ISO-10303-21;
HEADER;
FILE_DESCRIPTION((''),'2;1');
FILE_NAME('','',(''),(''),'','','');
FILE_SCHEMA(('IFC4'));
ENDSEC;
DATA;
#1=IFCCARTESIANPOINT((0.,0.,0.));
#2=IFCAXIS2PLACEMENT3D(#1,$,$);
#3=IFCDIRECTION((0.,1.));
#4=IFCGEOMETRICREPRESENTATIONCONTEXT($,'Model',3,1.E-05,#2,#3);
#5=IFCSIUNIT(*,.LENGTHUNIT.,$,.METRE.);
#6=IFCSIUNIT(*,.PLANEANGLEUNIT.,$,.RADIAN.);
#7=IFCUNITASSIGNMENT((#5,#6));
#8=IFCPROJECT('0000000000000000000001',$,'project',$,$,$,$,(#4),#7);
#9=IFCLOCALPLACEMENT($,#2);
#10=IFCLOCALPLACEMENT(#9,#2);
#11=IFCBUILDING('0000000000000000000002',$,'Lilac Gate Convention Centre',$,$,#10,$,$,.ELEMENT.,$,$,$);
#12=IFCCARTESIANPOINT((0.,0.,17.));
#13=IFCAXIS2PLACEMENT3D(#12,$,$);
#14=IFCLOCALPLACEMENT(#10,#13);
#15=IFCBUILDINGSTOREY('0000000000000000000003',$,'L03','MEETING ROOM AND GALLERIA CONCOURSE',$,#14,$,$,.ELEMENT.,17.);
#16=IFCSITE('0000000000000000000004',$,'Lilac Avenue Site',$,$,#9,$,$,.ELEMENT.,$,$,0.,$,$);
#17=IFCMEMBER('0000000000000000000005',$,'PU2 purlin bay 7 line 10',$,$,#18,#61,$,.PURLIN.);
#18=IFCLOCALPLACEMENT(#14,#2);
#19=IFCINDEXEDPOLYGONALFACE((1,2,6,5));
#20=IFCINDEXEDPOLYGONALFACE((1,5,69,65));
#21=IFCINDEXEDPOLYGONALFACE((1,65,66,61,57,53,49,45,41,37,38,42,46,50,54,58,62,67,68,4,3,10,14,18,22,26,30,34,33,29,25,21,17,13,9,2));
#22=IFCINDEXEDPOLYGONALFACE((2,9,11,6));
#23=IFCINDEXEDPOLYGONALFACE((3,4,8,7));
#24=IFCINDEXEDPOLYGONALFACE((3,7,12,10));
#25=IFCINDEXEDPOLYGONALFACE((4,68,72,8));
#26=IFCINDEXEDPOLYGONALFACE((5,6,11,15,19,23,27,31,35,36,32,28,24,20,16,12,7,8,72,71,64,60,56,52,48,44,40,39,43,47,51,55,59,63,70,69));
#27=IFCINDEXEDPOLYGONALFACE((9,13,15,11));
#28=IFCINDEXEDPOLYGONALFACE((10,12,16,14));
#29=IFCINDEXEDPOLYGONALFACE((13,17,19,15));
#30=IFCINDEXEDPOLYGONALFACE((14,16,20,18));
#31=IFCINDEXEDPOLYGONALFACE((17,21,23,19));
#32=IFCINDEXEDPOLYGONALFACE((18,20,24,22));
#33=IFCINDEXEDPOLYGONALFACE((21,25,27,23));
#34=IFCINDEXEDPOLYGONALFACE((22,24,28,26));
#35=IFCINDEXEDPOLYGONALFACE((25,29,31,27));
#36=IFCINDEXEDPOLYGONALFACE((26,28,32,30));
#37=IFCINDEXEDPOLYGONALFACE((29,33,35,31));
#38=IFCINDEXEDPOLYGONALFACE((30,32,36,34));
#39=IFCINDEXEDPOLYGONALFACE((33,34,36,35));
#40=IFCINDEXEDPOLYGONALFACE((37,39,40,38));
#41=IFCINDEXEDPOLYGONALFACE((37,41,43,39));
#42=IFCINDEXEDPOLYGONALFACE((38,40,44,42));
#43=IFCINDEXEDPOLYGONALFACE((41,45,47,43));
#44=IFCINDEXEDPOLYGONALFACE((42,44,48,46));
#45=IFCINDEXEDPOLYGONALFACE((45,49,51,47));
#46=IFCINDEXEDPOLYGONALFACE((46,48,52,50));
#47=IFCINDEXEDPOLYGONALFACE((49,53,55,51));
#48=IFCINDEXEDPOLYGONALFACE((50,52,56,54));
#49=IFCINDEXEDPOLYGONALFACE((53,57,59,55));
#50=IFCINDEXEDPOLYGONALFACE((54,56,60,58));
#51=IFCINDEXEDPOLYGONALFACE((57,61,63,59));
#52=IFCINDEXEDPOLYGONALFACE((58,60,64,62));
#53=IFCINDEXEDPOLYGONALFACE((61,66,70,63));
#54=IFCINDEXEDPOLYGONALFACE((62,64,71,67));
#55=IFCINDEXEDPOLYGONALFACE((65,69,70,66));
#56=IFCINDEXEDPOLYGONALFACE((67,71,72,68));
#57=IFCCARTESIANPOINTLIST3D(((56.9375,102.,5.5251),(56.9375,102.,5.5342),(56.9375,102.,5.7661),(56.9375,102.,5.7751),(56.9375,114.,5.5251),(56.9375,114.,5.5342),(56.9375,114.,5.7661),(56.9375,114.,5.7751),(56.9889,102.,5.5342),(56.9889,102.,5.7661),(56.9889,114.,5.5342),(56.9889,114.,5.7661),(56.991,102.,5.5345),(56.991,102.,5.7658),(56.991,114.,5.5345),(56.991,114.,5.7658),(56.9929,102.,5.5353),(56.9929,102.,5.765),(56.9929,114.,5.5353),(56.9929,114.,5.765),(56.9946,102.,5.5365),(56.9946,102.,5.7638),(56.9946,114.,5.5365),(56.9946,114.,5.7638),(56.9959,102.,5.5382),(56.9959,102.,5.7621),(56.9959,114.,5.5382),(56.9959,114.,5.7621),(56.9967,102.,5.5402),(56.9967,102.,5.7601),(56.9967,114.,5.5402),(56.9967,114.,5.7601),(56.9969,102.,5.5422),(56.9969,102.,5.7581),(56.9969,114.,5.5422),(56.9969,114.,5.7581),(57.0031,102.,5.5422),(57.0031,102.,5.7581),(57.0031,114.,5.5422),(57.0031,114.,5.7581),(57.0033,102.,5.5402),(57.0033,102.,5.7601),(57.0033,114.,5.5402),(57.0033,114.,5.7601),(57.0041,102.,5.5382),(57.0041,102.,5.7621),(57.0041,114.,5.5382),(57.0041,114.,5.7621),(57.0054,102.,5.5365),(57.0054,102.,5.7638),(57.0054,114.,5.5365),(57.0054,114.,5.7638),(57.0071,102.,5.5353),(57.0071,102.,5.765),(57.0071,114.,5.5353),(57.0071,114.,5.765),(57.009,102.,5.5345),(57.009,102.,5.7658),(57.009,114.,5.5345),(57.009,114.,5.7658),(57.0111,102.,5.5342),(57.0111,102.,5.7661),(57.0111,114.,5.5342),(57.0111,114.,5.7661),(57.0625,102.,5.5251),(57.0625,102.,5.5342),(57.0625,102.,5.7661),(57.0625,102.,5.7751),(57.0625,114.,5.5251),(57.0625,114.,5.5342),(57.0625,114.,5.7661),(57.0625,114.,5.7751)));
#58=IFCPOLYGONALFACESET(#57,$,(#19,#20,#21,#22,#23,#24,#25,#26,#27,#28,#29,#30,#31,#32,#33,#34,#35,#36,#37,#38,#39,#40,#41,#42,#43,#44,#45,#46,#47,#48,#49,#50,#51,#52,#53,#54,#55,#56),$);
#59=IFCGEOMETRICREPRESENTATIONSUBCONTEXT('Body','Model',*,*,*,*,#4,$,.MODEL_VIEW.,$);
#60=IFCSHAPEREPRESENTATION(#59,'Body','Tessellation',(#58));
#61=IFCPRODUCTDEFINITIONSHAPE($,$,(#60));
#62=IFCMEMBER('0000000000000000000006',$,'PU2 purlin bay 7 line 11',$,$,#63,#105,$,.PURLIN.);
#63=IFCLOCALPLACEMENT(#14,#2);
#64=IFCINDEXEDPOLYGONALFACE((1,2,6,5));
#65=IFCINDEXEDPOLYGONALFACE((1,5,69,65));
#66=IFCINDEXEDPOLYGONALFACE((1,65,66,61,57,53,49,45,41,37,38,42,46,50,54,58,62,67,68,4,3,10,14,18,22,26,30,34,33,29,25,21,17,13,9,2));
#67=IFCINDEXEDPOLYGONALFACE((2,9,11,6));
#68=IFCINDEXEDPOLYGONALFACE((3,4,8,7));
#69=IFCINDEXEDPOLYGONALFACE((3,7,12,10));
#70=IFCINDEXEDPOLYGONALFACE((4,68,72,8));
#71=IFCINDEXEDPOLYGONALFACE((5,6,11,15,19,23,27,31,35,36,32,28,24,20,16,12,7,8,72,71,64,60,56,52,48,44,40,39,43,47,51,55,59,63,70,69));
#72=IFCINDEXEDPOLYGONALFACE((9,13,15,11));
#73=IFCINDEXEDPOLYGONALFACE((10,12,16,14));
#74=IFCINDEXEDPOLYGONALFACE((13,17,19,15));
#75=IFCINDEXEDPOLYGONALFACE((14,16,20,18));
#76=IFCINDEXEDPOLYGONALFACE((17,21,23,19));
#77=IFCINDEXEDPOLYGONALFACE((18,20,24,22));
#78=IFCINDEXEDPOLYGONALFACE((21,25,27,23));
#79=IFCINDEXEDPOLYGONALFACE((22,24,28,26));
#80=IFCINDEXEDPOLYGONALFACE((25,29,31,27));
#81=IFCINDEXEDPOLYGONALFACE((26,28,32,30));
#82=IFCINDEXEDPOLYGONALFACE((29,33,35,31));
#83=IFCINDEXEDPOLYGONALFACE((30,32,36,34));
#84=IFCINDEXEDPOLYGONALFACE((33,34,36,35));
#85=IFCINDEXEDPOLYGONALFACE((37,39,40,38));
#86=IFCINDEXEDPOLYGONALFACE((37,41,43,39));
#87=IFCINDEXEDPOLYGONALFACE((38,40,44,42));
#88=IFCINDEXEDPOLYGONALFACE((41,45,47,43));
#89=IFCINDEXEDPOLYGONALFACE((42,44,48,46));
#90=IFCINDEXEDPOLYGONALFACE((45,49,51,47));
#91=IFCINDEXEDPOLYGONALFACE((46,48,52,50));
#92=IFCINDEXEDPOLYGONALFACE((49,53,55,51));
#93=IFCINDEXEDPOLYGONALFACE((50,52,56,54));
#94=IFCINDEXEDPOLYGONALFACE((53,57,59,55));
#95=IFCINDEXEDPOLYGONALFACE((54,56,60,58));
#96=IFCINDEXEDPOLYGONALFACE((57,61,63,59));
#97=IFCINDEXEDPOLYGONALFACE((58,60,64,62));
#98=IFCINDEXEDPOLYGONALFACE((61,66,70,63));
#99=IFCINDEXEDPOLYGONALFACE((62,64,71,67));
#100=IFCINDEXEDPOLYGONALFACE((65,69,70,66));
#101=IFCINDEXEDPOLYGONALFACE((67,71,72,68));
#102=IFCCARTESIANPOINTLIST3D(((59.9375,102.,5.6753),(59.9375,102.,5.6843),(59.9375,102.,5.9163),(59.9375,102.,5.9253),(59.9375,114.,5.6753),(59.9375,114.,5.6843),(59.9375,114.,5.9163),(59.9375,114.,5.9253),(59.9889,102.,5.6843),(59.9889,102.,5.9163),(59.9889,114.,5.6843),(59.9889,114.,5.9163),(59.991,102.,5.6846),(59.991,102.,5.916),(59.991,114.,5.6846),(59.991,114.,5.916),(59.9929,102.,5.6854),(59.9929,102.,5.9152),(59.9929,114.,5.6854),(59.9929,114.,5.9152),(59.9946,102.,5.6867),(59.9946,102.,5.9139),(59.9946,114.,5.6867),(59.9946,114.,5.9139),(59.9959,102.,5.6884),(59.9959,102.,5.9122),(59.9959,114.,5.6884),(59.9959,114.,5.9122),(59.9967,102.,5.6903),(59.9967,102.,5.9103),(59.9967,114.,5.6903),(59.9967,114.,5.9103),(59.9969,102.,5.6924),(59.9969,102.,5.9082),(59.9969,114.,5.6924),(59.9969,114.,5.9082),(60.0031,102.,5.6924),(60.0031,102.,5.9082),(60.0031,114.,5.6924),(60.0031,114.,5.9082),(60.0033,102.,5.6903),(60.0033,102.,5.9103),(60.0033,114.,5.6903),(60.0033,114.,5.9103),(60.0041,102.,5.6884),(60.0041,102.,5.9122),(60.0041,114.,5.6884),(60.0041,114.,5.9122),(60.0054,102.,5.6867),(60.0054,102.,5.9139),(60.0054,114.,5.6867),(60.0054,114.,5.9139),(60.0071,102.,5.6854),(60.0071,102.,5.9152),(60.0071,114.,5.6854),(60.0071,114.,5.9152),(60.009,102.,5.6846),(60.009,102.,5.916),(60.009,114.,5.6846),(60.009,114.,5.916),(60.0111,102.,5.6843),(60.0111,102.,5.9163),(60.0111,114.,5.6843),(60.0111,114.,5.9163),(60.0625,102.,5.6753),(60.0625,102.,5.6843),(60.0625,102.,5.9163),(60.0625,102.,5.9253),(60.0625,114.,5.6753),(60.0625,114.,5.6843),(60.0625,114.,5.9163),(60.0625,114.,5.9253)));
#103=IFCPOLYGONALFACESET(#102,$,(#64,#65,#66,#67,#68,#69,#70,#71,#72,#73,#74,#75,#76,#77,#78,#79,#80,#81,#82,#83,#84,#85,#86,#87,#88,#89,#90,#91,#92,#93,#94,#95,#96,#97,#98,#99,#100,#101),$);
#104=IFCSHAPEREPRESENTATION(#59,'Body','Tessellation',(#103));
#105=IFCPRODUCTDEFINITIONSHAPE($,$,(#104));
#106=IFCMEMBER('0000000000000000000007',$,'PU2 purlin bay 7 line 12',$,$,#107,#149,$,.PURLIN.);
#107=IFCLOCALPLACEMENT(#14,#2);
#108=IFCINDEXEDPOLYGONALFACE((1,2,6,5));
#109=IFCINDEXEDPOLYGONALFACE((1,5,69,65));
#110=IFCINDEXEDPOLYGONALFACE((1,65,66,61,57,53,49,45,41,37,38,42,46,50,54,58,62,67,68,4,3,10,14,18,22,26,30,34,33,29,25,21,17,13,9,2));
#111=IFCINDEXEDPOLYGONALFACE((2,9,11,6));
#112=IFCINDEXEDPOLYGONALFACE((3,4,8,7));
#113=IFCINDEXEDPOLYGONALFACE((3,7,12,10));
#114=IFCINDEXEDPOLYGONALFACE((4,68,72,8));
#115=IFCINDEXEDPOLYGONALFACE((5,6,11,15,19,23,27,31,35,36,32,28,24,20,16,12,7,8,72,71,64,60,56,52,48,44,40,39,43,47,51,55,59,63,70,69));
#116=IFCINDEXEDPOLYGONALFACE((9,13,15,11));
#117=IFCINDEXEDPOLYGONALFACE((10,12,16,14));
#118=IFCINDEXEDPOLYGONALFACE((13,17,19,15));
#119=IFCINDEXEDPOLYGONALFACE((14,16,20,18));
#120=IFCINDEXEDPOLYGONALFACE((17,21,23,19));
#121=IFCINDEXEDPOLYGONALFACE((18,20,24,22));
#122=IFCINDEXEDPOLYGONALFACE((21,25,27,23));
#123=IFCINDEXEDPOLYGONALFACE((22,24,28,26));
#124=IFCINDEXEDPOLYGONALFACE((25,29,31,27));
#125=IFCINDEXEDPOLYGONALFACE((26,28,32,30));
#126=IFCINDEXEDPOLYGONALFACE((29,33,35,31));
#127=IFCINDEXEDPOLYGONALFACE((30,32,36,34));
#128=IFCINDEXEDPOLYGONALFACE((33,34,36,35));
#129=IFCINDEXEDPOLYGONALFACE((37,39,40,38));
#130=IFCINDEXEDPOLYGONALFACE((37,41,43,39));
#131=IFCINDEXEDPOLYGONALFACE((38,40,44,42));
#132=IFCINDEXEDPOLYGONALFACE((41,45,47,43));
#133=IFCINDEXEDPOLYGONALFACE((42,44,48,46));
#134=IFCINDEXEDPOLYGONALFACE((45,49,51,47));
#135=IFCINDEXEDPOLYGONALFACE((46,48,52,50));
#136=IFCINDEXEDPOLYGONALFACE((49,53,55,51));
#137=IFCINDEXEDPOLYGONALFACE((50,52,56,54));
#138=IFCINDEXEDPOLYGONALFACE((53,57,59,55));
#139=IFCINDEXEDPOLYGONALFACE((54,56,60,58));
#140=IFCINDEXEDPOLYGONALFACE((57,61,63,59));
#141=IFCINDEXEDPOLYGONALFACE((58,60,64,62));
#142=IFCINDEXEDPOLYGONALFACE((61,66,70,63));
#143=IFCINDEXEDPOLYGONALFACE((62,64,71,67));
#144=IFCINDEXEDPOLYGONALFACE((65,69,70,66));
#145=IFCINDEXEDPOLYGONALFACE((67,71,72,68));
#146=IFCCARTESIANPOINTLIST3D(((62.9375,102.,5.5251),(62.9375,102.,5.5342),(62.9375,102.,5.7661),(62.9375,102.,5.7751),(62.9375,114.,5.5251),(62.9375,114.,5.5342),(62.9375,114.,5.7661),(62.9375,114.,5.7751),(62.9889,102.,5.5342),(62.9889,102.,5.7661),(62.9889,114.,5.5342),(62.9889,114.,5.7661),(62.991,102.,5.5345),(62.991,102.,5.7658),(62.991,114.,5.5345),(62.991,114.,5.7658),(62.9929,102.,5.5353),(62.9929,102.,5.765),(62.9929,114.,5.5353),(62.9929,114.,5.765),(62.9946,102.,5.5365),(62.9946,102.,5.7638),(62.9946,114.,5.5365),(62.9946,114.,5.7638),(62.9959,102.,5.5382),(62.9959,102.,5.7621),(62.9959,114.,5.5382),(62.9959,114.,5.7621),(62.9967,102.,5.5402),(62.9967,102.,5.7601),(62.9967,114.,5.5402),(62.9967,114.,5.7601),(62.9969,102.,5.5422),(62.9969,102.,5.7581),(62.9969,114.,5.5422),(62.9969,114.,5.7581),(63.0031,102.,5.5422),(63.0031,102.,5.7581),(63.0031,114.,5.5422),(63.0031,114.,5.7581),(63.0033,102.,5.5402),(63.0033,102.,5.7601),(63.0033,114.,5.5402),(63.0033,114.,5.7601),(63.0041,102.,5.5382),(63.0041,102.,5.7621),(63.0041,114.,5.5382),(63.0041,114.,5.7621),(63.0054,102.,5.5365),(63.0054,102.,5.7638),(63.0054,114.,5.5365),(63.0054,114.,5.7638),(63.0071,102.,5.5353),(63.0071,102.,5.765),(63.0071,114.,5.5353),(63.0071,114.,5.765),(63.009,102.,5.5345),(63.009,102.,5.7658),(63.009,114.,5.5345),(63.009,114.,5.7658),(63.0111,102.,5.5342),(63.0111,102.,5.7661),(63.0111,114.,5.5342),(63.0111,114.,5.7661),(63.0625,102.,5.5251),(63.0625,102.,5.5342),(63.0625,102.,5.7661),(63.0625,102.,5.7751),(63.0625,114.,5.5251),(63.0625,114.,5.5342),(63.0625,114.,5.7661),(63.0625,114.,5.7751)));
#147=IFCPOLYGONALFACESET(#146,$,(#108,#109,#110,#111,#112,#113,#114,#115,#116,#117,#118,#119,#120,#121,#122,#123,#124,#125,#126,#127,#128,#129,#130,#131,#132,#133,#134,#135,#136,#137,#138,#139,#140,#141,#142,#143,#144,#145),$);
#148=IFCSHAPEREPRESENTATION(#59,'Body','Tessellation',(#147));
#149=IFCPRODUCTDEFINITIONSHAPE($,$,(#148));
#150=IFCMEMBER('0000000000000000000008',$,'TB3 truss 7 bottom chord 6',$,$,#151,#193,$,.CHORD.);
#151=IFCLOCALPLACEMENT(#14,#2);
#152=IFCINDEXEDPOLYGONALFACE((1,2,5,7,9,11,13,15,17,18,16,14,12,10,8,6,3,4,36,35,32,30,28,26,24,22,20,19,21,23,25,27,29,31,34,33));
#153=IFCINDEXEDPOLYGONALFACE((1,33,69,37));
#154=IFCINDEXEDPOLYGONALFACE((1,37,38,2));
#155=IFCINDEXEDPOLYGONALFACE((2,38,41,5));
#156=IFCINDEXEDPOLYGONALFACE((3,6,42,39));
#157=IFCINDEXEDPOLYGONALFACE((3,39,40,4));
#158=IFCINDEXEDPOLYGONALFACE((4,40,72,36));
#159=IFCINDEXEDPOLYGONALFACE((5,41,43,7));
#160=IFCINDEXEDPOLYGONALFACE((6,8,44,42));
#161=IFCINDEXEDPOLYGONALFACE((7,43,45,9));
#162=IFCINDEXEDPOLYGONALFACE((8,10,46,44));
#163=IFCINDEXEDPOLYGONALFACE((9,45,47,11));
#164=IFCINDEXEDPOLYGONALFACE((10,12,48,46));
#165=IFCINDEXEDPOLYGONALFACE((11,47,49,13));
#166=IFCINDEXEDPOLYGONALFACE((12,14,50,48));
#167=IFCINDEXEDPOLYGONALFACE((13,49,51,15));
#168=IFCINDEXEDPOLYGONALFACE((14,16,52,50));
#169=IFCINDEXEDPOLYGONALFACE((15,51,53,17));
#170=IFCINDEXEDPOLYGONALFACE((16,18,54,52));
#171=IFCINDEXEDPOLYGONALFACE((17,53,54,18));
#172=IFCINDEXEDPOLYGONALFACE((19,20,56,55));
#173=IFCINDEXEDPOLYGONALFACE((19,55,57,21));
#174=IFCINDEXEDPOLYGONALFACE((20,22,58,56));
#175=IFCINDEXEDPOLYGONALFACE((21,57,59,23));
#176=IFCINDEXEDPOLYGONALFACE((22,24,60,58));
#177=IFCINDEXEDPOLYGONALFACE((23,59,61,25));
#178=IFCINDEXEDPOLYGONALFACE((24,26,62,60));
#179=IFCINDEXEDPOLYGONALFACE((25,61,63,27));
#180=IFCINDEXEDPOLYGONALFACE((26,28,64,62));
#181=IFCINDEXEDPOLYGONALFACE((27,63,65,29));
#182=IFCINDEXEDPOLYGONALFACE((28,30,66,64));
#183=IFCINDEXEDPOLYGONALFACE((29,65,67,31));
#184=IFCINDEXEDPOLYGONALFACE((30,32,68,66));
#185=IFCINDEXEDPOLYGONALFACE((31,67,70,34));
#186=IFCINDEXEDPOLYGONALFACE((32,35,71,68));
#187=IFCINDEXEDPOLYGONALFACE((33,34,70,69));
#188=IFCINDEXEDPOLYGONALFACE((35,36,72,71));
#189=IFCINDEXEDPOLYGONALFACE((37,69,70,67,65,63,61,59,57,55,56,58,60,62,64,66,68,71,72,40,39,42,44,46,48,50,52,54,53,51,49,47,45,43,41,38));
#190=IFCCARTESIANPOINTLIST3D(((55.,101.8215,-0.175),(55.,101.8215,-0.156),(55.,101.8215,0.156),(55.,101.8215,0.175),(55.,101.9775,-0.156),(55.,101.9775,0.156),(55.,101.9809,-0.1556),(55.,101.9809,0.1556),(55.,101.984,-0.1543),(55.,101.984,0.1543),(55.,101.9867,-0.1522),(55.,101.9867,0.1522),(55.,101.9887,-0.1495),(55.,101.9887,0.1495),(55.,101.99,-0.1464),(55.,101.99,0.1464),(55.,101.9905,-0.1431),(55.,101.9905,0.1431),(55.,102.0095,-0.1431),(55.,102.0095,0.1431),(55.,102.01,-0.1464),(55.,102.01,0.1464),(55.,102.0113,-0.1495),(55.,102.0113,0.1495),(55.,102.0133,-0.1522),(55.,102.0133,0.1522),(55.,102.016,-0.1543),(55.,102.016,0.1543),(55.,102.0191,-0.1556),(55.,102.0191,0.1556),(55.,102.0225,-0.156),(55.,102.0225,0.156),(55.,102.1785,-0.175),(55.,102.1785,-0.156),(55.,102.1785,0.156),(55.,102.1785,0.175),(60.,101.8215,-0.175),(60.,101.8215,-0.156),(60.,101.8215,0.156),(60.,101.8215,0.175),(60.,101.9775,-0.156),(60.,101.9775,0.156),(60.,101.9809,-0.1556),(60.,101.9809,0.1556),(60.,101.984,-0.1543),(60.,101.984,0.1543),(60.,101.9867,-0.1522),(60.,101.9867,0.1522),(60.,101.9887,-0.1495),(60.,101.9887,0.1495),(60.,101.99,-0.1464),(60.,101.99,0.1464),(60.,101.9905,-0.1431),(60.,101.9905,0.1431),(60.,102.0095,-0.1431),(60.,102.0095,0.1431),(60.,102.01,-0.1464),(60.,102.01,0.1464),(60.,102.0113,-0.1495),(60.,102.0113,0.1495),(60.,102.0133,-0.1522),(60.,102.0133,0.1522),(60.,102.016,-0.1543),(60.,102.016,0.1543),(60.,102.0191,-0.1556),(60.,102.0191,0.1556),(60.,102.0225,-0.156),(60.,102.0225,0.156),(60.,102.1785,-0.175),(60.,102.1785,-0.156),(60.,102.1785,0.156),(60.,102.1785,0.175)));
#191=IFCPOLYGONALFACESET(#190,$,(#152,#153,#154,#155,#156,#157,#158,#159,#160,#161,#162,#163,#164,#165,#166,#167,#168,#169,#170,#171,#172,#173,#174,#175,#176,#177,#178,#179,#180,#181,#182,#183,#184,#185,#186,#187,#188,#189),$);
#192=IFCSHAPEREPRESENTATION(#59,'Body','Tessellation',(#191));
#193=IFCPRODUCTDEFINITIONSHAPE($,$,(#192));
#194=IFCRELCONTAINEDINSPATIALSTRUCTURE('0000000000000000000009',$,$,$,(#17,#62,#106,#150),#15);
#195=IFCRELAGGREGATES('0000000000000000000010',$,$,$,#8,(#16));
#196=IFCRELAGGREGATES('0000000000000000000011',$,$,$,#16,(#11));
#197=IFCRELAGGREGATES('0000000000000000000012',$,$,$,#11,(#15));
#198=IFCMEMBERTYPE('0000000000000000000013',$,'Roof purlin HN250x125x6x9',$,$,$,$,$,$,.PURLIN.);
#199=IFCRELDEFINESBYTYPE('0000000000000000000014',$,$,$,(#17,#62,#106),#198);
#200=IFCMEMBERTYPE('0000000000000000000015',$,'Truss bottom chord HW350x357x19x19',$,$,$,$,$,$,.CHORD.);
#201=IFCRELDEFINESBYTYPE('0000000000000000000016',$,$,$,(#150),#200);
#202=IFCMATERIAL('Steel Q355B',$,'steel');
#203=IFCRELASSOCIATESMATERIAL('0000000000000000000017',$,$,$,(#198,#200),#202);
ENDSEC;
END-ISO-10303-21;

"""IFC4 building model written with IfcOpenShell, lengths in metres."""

from ifc_helpers import new_model, si_unit, direction, frame, origin, origin_2d, place, context, subcontext, project, spatial, i_section, extrude, material, material_profile, profile_set, type_object, element, save


model = new_model("IFC4")

# Units and contexts
model_context = context("Model", 3, precision=1e-05, world=origin(), true_north=direction((0.0, 1.0)))
body_context = subcontext(model_context, "Body", "Model", "MODEL_VIEW")
ifc_project = project(units=[si_unit("LENGTHUNIT", "METRE"), si_unit("PLANEANGLEUNIT", "RADIAN")], contexts=[model_context])

# Site, building, storey
site_placement = place(None, origin())
site = spatial("IfcSite", under=ifc_project, at=site_placement, Name="Lilac Avenue Site", CompositionType="ELEMENT", RefElevation=0.0)
building_placement = place(site_placement, origin())
building = spatial("IfcBuilding", under=site, at=building_placement, Name="Lilac Gate Convention Centre", CompositionType="ELEMENT")
storey_placement = place(building_placement, frame((0.0, 0.0, 17.0)))
storey = spatial("IfcBuildingStorey", under=building, at=storey_placement, Name="L03", Description="MEETING ROOM AND GALLERIA CONCOURSE", CompositionType="ELEMENT", Elevation=17.0)

# Members
ifc_material = material(Name="Steel Q355B", Category="steel")
ifc_material_profile_1 = material_profile(ifc_material, i_section(OverallWidth=0.125, OverallDepth=0.25, WebThickness=0.0061, FlangeThickness=0.009, FilletRadius=0.0081, at=origin_2d()), Name="HN250x125x6x9")
ifc_profile_set_1 = profile_set([ifc_material_profile_1], Name="Steel Q355B")
member_type_1 = type_object("IfcMemberType", Name="Roof purlin HN250x125x6x9", PredefinedType="PURLIN", material=ifc_profile_set_1)
for number, where, z_axis, x_axis, name in (
    (1, (57.0, 102.0, 5.6501), (0.0, 1.0, 0.0), (-1.0, 0.0, 0.0), "PU2 purlin bay 7 line 10"),
    (2, (60.0, 102.0, 5.8003), (0.0, 1.0, 0.0), (-1.0, 0.0, 0.0), "PU2 purlin bay 7 line 11"),
    (3, (63.0, 102.0, 5.6501), (0.0, 1.0, 0.0), (-1.0, 0.0, 0.0), "PU2 purlin bay 7 line 12"),
):
    element("IfcMember", number, at=place(storey_placement, frame(where, z_axis=z_axis, x_axis=x_axis)), inside=storey, type_object=member_type_1, Name=name, PredefinedType="PURLIN", context=body_context, shape_type="SweptSolid", body=[
        extrude(i_section(OverallWidth=0.125, OverallDepth=0.25, WebThickness=0.0061, FlangeThickness=0.009, FilletRadius=0.0081, at=origin_2d()), origin(), (0.0, 0.0, 1.0), 12.0),
    ])
ifc_material_profile_2 = material_profile(ifc_material, i_section(OverallWidth=0.3569, OverallDepth=0.3501, WebThickness=0.019, FlangeThickness=0.019, FilletRadius=0.0129, at=origin_2d()), Name="HW350x357x19x19")
ifc_profile_set_2 = profile_set([ifc_material_profile_2], Name="Steel Q355B")
member_type_2 = type_object("IfcMemberType", Name="Truss bottom chord HW350x357x19x19", PredefinedType="CHORD", material=ifc_profile_set_2)
for number, where, z_axis, x_axis, name in (
    (4, (55.0, 102.0, 0.0), (1.0, 0.0, 0.0), (0.0, 1.0, 0.0), "TB3 truss 7 bottom chord 6"),
):
    element("IfcMember", number, at=place(storey_placement, frame(where, z_axis=z_axis, x_axis=x_axis)), inside=storey, type_object=member_type_2, Name=name, PredefinedType="CHORD", context=body_context, shape_type="SweptSolid", body=[
        extrude(i_section(OverallWidth=0.3569, OverallDepth=0.3501, WebThickness=0.019, FlangeThickness=0.019, FilletRadius=0.0129, at=origin_2d()), origin(), (0.0, 0.0, 1.0), 5.0),
    ])

save(model, "model.ifc")
